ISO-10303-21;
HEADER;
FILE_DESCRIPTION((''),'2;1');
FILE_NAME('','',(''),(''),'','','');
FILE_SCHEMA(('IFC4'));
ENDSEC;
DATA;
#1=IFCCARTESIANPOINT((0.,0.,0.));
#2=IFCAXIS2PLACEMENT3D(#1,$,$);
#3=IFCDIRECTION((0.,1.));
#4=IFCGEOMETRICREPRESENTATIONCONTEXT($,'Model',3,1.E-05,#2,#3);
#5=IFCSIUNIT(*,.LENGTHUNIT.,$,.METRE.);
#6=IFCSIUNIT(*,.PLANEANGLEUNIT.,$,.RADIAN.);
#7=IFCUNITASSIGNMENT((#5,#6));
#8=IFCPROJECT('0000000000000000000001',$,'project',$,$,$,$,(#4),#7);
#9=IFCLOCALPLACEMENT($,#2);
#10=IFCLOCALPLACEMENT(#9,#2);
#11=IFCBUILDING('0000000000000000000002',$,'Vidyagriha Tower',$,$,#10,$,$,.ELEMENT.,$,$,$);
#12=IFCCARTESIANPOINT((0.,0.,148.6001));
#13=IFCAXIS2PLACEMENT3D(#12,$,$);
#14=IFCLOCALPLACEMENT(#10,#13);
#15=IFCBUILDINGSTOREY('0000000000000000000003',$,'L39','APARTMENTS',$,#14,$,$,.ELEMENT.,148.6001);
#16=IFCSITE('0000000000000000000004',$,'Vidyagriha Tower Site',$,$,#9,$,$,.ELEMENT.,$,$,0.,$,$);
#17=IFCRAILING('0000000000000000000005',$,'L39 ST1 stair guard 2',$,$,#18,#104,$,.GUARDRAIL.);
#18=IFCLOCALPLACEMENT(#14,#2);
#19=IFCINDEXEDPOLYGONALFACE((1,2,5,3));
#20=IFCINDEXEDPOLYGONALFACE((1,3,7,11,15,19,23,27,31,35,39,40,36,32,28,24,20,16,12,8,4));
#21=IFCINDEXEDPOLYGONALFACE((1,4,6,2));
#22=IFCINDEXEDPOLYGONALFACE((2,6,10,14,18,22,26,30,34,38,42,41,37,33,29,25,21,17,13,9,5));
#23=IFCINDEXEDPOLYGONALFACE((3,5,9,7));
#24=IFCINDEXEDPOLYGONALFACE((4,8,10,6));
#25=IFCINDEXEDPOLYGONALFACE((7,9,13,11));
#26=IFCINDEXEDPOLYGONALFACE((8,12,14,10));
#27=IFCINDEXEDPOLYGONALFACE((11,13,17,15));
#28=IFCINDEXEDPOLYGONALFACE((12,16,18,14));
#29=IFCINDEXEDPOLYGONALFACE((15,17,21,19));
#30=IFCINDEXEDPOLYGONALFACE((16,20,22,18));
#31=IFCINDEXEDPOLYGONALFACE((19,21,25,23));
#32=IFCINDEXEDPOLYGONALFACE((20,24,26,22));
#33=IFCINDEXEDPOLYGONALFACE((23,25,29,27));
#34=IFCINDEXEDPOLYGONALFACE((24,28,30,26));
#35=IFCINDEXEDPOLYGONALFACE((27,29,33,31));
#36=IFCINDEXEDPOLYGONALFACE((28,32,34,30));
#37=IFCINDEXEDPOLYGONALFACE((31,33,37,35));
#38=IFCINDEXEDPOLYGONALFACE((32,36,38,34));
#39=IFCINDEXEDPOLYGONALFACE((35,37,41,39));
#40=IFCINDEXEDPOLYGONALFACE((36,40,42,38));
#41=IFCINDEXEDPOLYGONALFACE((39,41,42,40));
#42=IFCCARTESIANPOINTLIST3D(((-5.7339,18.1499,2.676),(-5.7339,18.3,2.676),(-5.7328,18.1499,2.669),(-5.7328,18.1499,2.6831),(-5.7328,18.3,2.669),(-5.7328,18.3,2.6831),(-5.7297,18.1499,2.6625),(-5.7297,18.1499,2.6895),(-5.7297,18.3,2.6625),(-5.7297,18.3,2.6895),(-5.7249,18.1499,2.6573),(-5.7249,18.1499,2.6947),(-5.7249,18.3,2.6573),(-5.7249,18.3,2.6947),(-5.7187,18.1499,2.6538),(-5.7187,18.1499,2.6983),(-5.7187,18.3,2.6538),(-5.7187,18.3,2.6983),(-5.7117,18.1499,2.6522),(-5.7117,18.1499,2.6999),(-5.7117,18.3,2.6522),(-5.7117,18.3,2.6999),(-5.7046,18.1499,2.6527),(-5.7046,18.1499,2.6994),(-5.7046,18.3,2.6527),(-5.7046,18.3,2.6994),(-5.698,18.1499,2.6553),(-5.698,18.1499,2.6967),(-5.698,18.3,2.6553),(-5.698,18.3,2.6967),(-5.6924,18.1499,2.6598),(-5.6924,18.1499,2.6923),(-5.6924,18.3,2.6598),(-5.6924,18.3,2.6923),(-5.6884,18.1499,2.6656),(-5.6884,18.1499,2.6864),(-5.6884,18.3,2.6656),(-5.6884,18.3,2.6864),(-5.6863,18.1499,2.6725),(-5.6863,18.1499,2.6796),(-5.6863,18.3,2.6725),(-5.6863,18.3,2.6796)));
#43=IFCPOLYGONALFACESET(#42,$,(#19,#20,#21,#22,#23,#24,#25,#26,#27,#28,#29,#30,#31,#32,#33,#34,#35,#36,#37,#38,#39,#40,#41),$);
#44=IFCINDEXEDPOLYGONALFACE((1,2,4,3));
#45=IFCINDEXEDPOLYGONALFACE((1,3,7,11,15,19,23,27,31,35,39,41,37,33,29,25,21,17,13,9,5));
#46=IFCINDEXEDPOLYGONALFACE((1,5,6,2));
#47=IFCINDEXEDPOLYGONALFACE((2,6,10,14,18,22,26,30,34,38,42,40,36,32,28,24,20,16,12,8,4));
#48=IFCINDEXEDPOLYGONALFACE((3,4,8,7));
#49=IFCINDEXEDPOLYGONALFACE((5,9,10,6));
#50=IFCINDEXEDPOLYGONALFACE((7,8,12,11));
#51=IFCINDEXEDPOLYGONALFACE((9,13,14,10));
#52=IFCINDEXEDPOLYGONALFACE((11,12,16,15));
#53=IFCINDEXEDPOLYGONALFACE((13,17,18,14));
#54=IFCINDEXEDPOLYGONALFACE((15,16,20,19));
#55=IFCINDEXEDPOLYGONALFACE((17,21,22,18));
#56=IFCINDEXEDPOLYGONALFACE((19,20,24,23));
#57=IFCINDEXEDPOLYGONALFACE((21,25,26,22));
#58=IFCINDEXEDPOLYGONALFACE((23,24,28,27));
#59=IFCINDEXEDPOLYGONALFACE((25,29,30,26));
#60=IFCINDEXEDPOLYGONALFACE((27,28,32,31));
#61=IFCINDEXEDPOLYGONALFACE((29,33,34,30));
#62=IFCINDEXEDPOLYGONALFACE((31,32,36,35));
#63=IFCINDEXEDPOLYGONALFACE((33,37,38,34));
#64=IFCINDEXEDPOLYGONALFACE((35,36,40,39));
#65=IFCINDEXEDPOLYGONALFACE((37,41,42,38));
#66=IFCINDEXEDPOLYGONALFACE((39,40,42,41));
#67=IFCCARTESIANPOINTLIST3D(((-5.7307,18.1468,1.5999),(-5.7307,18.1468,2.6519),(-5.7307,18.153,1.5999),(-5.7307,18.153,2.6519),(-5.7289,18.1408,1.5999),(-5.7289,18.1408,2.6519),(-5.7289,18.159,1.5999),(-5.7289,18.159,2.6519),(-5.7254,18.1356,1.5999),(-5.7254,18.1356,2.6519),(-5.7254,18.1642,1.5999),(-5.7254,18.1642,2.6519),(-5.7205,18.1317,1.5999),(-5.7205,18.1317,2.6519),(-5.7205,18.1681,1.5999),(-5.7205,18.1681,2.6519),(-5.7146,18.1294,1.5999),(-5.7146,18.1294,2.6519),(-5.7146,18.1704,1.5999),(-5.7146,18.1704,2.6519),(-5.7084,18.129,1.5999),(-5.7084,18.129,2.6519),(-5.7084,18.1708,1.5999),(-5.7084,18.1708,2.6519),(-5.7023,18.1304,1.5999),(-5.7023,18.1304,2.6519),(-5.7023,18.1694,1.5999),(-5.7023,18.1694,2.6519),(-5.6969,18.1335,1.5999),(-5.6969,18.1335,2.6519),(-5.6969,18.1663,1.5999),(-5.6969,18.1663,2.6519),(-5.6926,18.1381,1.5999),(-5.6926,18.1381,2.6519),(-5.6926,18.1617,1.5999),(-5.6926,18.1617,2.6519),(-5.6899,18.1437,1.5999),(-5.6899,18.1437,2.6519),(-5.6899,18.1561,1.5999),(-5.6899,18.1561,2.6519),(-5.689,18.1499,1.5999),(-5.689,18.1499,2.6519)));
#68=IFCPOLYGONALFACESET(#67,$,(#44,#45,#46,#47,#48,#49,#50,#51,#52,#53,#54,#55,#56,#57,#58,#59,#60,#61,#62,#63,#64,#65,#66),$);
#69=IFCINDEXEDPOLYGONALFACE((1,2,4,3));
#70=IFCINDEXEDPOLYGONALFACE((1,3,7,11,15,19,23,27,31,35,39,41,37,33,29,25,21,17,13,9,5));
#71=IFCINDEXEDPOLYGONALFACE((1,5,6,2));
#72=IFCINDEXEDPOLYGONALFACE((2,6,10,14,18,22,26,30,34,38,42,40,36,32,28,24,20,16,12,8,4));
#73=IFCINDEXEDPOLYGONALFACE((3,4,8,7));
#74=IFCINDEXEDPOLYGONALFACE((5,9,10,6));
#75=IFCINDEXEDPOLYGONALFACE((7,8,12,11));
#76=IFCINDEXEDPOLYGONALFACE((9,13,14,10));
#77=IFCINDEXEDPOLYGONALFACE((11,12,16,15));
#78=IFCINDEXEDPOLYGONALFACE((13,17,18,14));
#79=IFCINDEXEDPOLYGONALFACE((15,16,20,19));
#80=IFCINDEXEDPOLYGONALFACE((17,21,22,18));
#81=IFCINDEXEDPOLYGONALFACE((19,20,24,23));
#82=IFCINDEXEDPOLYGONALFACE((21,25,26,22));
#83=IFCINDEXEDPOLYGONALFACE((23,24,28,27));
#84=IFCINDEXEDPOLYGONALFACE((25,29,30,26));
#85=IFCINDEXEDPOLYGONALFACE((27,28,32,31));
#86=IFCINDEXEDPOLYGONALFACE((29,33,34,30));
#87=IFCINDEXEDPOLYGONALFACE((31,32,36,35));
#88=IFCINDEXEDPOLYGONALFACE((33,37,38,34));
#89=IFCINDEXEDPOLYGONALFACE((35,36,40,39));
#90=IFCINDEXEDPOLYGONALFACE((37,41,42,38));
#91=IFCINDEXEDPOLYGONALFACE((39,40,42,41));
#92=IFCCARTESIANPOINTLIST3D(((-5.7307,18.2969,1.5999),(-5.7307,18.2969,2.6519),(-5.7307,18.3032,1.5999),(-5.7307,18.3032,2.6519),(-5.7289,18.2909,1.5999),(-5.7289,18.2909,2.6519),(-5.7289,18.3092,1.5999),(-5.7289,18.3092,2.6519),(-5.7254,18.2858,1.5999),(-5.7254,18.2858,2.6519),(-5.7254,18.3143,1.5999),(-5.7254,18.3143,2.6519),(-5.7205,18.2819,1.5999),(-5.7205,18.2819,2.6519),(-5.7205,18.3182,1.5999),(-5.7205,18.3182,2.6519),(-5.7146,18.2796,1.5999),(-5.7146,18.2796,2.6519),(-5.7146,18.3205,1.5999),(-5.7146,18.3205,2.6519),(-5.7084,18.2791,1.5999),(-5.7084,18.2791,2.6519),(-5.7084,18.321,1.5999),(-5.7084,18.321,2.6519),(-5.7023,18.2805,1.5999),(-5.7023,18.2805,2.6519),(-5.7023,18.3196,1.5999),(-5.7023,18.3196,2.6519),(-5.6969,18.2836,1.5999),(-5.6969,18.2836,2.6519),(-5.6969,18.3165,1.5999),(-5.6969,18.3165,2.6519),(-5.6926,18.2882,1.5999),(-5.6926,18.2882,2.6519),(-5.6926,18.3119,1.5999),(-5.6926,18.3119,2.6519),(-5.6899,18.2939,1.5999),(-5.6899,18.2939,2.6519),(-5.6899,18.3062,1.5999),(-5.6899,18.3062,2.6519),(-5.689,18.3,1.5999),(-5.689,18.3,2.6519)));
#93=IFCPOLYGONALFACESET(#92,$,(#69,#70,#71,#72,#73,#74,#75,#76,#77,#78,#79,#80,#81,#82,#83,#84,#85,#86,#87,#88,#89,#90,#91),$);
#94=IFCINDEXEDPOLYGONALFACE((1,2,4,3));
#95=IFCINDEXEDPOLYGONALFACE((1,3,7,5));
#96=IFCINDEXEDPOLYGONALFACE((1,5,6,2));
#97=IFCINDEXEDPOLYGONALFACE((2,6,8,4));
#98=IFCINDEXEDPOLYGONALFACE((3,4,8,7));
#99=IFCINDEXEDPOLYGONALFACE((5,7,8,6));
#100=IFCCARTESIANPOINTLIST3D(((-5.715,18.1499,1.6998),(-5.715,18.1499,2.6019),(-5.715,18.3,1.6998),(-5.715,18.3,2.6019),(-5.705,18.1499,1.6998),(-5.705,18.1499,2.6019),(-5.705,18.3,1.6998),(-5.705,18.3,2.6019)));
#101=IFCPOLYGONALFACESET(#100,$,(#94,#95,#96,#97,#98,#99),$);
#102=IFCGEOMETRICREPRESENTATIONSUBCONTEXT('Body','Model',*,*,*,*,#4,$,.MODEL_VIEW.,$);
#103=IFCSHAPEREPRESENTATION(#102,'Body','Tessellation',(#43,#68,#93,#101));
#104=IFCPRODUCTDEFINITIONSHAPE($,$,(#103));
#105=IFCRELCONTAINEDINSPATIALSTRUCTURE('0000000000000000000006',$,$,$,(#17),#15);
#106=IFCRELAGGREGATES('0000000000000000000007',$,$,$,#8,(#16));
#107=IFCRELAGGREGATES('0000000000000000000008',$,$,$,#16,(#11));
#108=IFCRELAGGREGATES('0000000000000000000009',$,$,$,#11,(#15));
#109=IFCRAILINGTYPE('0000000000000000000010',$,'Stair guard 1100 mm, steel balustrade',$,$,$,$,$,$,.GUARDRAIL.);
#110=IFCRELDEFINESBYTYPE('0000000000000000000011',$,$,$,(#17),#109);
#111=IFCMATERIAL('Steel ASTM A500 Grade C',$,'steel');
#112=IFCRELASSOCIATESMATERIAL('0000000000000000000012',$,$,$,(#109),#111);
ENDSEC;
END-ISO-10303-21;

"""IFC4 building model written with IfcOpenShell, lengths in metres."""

from ifc_helpers import new_model, si_unit, direction, frame, origin, origin_2d, place, context, subcontext, project, spatial, rectangle, circle, extrude, material, type_object, element, save


model = new_model("IFC4")

# Units and contexts
model_context = context("Model", 3, precision=1e-05, world=origin(), true_north=direction((0.0, 1.0)))
body_context = subcontext(model_context, "Body", "Model", "MODEL_VIEW")
ifc_project = project(units=[si_unit("LENGTHUNIT", "METRE"), si_unit("PLANEANGLEUNIT", "RADIAN")], contexts=[model_context])

# Site, building, storey
site_placement = place(None, origin())
site = spatial("IfcSite", under=ifc_project, at=site_placement, Name="Vidyagriha Tower Site", CompositionType="ELEMENT", RefElevation=0.0)
building_placement = place(site_placement, origin())
building = spatial("IfcBuilding", under=site, at=building_placement, Name="Vidyagriha Tower", CompositionType="ELEMENT")
storey_placement = place(building_placement, frame((0.0, 0.0, 148.6001)))
storey = spatial("IfcBuildingStorey", under=building, at=storey_placement, Name="L39", Description="APARTMENTS", CompositionType="ELEMENT", Elevation=148.6001)

# Railing
ifc_material_1 = material(Name="Steel ASTM A500 Grade C", Category="steel")
railing_type_1 = type_object("IfcRailingType", Name="Stair guard 1100 mm, steel balustrade", PredefinedType="GUARDRAIL", material=ifc_material_1)
railing_1_placement = place(storey_placement, frame((-5.71, 18.1499, 1.5999)))
element("IfcRailing", 1, at=railing_1_placement, inside=storey, type_object=railing_type_1, Name="L39 ST1 stair guard 2", PredefinedType="GUARDRAIL", context=body_context, shape_type="SweptSolid", body=[
    extrude(circle(Radius=0.0239, at=origin_2d()), frame((0.0, 0.0, 1.0762), z_axis=(0.0, 1.0, 0.0), x_axis=(-1.0, 0.0, 0.0)), (0.0, 0.0, 1.0), 0.1501),
    extrude(circle(Radius=0.021, at=origin_2d()), origin(), (0.0, 0.0, 1.0), 1.052),
    extrude(circle(Radius=0.021, at=origin_2d()), frame((0.0, 0.1501, 0.0)), (0.0, 0.0, 1.0), 1.052),
    extrude(rectangle(XDim=0.01, YDim=0.9021, at=origin_2d()), frame((0.0, 0.0, 0.551), z_axis=(0.0, 1.0, 0.0), x_axis=(-1.0, 0.0, 0.0)), (0.0, 0.0, 1.0), 0.1501),
])

save(model, "model.ifc")
